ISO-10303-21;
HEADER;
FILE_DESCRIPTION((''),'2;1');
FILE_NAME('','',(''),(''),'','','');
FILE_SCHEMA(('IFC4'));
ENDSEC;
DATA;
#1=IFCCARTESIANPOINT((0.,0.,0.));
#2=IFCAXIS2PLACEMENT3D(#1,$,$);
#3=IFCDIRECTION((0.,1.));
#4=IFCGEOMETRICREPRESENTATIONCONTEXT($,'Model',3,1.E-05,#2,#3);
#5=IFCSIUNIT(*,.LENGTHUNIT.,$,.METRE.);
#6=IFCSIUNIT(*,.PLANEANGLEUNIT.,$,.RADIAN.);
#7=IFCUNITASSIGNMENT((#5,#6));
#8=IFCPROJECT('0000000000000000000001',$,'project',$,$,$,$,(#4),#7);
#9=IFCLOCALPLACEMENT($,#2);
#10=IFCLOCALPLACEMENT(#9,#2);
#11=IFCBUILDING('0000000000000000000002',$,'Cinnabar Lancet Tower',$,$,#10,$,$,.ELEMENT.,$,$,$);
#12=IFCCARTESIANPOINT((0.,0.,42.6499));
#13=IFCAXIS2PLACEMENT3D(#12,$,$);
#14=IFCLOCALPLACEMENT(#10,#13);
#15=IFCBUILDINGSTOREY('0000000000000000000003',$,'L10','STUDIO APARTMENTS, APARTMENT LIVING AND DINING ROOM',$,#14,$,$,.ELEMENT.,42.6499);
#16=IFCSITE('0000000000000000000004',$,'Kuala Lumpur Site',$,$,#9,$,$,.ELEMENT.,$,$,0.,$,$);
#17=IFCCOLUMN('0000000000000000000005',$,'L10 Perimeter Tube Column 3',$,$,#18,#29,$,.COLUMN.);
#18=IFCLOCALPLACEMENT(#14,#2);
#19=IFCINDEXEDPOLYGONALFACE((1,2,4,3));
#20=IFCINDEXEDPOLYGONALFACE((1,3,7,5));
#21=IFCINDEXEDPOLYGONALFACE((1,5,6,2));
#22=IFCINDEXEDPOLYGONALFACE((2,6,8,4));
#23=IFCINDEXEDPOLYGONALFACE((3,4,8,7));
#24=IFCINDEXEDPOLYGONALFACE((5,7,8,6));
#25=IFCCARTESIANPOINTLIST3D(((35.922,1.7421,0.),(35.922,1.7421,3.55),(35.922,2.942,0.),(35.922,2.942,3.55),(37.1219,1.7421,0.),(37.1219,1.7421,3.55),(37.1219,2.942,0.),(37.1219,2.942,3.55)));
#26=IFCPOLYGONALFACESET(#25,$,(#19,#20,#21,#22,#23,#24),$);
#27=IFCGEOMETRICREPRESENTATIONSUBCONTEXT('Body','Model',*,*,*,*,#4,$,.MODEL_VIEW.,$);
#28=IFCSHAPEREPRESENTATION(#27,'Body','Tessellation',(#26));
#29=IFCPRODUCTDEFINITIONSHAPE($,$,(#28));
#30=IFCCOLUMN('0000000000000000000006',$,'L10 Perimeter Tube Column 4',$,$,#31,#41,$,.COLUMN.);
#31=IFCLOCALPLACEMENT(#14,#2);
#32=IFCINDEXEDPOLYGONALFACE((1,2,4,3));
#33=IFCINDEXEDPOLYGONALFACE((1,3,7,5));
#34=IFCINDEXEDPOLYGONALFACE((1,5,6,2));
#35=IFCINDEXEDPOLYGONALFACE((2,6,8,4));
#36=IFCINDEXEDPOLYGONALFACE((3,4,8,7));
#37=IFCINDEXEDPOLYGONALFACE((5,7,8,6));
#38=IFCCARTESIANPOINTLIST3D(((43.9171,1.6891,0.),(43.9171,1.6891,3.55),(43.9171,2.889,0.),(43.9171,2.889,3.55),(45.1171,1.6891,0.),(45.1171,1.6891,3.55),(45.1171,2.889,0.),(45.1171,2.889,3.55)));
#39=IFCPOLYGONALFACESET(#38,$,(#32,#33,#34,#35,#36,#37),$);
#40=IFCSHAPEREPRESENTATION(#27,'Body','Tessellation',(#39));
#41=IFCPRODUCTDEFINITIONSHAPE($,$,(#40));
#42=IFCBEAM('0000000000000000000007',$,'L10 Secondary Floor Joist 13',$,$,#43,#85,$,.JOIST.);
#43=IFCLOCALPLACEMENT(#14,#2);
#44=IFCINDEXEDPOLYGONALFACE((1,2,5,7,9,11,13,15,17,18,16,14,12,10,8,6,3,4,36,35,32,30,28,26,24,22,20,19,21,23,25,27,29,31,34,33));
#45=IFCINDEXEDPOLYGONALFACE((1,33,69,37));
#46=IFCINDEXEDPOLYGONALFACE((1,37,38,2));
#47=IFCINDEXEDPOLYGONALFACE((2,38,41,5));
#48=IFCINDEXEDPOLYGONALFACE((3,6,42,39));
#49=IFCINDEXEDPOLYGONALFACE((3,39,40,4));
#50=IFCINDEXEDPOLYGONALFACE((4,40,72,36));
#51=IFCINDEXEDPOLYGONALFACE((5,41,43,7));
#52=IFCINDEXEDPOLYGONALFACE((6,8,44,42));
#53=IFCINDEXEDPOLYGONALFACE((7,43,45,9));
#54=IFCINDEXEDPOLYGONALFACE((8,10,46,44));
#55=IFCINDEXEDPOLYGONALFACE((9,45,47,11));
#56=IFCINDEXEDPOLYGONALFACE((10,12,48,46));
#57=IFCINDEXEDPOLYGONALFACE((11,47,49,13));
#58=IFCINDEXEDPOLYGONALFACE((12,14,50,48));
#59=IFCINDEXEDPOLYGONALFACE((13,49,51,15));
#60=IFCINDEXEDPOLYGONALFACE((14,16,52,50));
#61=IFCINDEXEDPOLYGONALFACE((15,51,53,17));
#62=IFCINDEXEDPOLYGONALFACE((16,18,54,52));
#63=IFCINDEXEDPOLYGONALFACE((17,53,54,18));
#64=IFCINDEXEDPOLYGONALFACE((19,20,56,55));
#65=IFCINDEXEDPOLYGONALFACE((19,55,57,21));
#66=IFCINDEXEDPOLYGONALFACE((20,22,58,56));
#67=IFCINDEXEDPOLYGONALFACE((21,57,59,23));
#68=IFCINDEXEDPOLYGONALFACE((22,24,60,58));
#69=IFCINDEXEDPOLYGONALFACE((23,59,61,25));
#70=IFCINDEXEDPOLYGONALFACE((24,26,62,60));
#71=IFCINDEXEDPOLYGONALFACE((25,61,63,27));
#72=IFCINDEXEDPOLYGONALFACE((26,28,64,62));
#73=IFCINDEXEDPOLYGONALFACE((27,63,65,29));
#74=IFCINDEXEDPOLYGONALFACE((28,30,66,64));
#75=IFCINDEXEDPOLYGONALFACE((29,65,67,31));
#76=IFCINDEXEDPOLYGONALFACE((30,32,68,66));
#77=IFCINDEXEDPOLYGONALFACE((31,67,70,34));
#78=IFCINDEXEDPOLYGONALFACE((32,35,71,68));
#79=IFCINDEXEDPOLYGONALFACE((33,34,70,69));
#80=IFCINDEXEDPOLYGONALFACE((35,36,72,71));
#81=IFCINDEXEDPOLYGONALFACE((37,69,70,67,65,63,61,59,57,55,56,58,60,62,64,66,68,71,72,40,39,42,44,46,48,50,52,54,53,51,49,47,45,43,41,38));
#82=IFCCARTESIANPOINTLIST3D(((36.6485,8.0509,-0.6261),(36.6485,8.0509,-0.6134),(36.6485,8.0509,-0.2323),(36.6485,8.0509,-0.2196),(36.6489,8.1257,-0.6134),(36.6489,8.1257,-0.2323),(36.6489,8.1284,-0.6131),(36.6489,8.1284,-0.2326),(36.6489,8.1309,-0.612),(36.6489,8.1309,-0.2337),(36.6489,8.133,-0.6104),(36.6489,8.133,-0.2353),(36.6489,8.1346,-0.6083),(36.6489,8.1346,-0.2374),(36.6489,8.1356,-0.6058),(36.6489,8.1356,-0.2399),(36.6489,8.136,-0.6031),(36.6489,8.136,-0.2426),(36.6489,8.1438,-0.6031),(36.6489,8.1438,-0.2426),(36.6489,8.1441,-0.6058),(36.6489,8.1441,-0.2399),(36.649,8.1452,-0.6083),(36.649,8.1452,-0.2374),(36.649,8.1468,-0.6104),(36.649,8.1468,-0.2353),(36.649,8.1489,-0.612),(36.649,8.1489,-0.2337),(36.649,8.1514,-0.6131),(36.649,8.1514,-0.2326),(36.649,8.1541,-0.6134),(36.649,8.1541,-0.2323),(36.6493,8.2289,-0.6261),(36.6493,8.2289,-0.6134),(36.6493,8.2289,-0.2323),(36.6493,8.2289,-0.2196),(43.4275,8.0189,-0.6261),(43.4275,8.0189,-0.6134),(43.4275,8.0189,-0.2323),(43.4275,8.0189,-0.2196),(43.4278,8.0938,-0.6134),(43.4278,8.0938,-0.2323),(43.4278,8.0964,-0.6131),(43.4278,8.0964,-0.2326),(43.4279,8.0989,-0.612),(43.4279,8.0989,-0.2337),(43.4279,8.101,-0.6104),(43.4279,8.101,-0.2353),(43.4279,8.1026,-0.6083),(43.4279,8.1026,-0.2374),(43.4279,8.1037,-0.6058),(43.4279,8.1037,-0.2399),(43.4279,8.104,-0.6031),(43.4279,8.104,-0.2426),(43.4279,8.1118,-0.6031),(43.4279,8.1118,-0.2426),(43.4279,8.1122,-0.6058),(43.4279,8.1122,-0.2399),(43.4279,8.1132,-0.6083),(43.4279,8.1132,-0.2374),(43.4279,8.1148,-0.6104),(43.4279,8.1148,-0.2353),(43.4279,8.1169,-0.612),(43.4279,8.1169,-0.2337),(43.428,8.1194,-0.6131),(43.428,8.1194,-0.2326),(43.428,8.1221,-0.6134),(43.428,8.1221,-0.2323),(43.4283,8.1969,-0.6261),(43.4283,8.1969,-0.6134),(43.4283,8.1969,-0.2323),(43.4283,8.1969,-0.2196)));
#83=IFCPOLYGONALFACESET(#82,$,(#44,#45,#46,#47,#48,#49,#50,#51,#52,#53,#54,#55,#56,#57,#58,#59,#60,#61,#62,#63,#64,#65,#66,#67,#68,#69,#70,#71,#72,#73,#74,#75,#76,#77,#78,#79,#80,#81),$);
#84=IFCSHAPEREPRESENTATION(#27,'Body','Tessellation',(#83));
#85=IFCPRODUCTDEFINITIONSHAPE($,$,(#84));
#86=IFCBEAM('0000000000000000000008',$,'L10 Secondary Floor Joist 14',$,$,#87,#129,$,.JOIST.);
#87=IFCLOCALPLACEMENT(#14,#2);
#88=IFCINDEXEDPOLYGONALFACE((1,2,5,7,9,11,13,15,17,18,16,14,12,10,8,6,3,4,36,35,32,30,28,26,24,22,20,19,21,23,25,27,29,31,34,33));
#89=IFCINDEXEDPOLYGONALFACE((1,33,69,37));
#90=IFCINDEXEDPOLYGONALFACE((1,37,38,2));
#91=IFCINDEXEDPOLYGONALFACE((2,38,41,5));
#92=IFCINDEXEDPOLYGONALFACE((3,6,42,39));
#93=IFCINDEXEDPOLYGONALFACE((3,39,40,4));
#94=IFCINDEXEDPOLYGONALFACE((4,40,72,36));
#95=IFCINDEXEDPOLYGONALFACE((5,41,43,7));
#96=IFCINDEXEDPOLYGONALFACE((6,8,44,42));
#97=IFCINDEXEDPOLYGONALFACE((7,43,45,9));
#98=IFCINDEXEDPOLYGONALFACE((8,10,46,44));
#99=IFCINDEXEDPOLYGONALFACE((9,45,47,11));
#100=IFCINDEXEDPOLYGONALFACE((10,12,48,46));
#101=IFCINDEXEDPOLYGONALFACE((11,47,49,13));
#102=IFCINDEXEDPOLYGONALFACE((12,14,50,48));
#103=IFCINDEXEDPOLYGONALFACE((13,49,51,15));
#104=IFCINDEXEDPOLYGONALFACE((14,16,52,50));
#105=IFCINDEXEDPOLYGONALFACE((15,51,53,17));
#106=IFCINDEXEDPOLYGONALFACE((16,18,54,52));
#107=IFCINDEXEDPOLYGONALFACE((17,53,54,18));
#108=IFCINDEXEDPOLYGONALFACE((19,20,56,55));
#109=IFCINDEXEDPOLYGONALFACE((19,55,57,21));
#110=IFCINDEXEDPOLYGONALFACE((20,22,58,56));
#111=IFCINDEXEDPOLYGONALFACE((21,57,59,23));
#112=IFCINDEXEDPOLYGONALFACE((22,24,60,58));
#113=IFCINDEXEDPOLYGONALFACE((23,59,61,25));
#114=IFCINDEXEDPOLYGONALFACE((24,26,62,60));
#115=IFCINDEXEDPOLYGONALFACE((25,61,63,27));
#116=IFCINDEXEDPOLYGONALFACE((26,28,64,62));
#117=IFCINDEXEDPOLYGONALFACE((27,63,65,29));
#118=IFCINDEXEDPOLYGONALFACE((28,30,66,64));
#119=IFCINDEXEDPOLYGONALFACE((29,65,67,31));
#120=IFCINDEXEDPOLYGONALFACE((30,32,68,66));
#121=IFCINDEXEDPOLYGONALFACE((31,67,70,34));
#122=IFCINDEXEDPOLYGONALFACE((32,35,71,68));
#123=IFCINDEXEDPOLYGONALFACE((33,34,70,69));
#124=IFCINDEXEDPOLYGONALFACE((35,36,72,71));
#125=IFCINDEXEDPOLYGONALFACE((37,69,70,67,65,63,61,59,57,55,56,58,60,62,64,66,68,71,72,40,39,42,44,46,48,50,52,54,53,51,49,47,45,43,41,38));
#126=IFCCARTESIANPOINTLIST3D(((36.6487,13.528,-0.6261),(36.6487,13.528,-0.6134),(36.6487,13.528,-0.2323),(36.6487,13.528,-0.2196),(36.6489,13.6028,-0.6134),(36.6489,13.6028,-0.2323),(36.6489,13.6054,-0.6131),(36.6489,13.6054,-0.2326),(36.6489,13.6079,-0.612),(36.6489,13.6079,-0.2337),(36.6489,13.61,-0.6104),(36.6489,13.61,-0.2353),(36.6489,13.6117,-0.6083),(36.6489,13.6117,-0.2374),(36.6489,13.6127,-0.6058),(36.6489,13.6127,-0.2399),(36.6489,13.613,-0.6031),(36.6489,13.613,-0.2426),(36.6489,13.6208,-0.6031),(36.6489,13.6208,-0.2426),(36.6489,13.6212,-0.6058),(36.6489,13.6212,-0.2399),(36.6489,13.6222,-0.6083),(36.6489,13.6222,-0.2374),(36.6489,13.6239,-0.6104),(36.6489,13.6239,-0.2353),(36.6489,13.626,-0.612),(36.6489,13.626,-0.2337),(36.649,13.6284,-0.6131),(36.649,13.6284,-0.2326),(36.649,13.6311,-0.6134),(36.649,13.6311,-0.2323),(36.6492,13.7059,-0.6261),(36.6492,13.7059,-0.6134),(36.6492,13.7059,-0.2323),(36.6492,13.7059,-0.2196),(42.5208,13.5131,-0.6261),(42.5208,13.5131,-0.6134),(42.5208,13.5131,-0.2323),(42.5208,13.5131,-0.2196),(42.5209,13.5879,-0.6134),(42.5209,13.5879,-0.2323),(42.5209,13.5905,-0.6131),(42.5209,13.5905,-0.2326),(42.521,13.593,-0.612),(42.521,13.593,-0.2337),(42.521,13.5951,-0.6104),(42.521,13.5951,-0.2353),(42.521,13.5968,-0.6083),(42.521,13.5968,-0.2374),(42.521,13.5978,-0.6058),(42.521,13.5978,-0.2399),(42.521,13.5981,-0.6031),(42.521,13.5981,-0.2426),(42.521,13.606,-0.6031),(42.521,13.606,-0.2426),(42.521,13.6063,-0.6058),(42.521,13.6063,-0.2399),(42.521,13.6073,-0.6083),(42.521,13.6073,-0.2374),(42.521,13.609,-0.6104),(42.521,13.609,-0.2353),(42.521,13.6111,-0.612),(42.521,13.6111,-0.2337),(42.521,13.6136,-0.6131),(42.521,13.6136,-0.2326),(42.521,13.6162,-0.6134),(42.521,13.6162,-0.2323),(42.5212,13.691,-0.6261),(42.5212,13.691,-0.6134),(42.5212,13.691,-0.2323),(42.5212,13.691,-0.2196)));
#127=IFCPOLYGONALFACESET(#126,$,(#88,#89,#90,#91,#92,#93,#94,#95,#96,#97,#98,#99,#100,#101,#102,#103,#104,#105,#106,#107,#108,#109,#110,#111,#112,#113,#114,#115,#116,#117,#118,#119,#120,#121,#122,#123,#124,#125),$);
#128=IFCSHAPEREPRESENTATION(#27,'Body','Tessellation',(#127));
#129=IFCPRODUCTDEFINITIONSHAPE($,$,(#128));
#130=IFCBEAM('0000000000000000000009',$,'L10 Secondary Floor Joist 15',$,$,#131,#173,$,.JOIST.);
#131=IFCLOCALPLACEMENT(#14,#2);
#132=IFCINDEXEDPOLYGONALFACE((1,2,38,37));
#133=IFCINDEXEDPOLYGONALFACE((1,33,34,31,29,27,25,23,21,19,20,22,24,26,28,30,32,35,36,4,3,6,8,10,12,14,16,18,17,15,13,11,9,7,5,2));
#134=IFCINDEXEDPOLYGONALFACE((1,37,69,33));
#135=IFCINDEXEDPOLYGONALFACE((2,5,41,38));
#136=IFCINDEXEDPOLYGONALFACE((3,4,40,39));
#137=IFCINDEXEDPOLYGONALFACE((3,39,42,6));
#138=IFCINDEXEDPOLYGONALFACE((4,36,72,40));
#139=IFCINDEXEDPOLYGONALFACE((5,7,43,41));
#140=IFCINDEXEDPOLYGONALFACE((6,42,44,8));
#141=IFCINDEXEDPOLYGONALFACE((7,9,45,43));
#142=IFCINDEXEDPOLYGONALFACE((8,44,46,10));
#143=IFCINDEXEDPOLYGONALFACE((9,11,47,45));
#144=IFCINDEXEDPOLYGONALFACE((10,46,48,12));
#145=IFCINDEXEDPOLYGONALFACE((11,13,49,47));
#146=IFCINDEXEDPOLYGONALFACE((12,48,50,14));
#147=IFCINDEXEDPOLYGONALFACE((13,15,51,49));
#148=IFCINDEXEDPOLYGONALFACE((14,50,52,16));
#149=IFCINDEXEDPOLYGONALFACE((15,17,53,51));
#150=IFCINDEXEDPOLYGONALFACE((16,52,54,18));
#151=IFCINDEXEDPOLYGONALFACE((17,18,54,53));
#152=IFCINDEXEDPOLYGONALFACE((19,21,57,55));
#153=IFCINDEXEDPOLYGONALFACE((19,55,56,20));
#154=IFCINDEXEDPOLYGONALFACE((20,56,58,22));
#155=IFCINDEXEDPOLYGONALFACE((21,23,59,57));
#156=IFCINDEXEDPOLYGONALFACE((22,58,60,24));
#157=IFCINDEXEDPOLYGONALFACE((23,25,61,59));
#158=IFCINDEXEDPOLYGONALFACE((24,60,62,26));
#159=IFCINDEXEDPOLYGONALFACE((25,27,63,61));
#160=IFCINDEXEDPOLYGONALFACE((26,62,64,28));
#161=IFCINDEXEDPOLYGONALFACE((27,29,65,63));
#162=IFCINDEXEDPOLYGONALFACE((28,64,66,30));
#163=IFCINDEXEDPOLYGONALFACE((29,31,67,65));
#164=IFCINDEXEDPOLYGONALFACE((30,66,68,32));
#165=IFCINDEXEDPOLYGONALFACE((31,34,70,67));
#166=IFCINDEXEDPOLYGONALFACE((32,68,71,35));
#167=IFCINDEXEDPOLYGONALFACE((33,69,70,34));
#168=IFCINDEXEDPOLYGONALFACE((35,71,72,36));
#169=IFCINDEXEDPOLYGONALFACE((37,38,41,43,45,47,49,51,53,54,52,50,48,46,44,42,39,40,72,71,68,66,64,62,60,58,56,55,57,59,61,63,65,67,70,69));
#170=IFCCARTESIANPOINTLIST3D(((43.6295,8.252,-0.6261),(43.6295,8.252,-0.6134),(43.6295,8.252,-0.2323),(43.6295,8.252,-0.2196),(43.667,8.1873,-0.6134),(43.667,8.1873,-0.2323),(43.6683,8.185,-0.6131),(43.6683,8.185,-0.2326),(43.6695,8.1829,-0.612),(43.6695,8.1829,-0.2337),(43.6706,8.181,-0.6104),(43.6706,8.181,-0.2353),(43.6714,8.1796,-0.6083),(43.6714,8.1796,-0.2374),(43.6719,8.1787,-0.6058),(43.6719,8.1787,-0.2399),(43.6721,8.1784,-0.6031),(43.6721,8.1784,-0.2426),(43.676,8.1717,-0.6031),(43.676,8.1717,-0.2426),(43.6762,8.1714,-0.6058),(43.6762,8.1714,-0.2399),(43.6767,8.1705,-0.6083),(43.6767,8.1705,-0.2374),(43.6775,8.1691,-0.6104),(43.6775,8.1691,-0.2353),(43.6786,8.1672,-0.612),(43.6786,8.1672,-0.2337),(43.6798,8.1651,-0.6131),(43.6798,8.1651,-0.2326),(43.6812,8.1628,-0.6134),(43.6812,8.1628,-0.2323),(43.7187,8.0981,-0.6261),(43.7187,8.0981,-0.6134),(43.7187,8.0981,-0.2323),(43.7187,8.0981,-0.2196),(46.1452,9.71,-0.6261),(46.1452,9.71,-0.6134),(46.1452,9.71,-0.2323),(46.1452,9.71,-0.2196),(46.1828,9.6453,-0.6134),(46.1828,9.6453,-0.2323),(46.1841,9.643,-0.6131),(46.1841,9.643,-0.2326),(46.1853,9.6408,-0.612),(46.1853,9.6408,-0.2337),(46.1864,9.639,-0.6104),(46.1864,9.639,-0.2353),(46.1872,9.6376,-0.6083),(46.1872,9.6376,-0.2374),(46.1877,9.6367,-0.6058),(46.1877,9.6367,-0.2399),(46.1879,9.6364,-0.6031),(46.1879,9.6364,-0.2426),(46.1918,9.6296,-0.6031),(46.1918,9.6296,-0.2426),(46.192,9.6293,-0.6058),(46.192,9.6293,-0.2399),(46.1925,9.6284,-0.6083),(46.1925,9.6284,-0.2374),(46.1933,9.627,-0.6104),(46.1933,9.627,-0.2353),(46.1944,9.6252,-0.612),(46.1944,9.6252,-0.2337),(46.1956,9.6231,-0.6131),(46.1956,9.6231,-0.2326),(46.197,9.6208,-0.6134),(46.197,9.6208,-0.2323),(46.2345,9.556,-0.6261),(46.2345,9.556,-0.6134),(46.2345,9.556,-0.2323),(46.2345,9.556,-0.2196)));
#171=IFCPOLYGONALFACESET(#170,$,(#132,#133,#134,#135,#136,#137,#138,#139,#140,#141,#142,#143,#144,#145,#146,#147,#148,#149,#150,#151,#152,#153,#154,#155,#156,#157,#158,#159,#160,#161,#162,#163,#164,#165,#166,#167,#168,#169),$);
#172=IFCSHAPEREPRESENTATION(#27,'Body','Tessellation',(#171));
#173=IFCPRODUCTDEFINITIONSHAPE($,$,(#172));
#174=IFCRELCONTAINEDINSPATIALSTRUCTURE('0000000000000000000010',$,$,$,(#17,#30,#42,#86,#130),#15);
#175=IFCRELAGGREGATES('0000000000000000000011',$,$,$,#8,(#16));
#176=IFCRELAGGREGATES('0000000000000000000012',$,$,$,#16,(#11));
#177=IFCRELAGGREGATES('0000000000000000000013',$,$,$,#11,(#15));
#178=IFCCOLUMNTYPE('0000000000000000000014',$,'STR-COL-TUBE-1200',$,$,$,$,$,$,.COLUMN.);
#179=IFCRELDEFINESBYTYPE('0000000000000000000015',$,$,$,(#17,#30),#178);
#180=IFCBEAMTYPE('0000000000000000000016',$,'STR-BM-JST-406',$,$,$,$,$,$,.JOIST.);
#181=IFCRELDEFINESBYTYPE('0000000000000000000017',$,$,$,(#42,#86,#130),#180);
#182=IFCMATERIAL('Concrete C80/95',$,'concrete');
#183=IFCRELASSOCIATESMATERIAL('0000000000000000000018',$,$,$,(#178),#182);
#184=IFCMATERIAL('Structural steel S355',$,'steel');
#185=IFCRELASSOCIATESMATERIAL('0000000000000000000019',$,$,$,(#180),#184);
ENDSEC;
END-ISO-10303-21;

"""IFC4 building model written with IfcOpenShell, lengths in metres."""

from ifc_helpers import new_model, si_unit, direction, frame, origin, origin_2d, place, context, subcontext, project, spatial, rectangle, i_section, extrude, material, material_profile, profile_set, type_object, element, save


model = new_model("IFC4")

# Units and contexts
model_context = context("Model", 3, precision=1e-05, world=origin(), true_north=direction((0.0, 1.0)))
body_context = subcontext(model_context, "Body", "Model", "MODEL_VIEW")
ifc_project = project(units=[si_unit("LENGTHUNIT", "METRE"), si_unit("PLANEANGLEUNIT", "RADIAN")], contexts=[model_context])

# Site, building, storey
site_placement = place(None, origin())
site = spatial("IfcSite", under=ifc_project, at=site_placement, Name="Kuala Lumpur Site", CompositionType="ELEMENT", RefElevation=0.0)
building_placement = place(site_placement, origin())
building = spatial("IfcBuilding", under=site, at=building_placement, Name="Cinnabar Lancet Tower", CompositionType="ELEMENT")
storey_placement = place(building_placement, frame((0.0, 0.0, 42.6499)))
storey = spatial("IfcBuildingStorey", under=building, at=storey_placement, Name="L10", Description="STUDIO APARTMENTS, APARTMENT LIVING AND DINING ROOM", CompositionType="ELEMENT", Elevation=42.6499)

# Columns
ifc_material_1 = material(Name="Concrete C80/95", Category="concrete")
ifc_material_profile_1 = material_profile(ifc_material_1, rectangle(XDim=1.2, YDim=1.2, at=origin_2d()), Name="RC-COL 1200x1200")
ifc_profile_set_1 = profile_set([ifc_material_profile_1], Name="Concrete C80/95")
column_type = type_object("IfcColumnType", Name="STR-COL-TUBE-1200", PredefinedType="COLUMN", material=ifc_profile_set_1)
for number, where, z_axis, x_axis, name in (
    (1, (36.522, 2.342, 0.0), (0.0, 0.0, 1.0), (1.0, 0.0, 0.0), "L10 Perimeter Tube Column 3"),
    (2, (44.5171, 2.2891, 0.0), (0.0, 0.0, 1.0), (1.0, 0.0, 0.0), "L10 Perimeter Tube Column 4"),
):
    element("IfcColumn", number, at=place(storey_placement, frame(where, z_axis=z_axis, x_axis=x_axis)), inside=storey, type_object=column_type, Name=name, PredefinedType="COLUMN", context=body_context, shape_type="SweptSolid", body=[
        extrude(rectangle(XDim=1.2, YDim=1.2, at=origin_2d()), origin(), (0.0, 0.0, 1.0), 3.55),
    ])

# Beams
ifc_material_2 = material(Name="Structural steel S355", Category="steel")
ifc_material_profile_2 = material_profile(ifc_material_2, i_section(OverallWidth=0.178, OverallDepth=0.4065, WebThickness=0.0078, FlangeThickness=0.0127, FilletRadius=0.0103, at=origin_2d()), Name="UKB 406x178x60")
ifc_profile_set_2 = profile_set([ifc_material_profile_2], Name="Structural steel S355")
beam_type_1 = type_object("IfcBeamType", Name="STR-BM-JST-406", PredefinedType="JOIST", material=ifc_profile_set_2)
beam_1_placement = place(storey_placement, frame((36.6489, 8.1399, -0.4229), z_axis=(0.999989, -0.004718, 0.0), x_axis=(0.004718, 0.999989, 0.0)))
element("IfcBeam", 3, at=beam_1_placement, inside=storey, type_object=beam_type_1, Name="L10 Secondary Floor Joist 13", PredefinedType="JOIST", context=body_context, shape_type="SweptSolid", body=[
    extrude(i_section(OverallWidth=0.178, OverallDepth=0.4065, WebThickness=0.0078, FlangeThickness=0.0127, FilletRadius=0.0103, at=origin_2d()), origin(), (0.0, 0.0, 1.0), 6.7791),
])
beam_2_placement = place(storey_placement, frame((36.6489, 13.6169, -0.4229), z_axis=(0.999997, -0.002536, 0.0), x_axis=(0.002536, 0.999997, 0.0)))
element("IfcBeam", 4, at=beam_2_placement, inside=storey, type_object=beam_type_1, Name="L10 Secondary Floor Joist 14", PredefinedType="JOIST", context=body_context, shape_type="SweptSolid", body=[
    extrude(i_section(OverallWidth=0.178, OverallDepth=0.4065, WebThickness=0.0078, FlangeThickness=0.0127, FilletRadius=0.0103, at=origin_2d()), origin(), (0.0, 0.0, 1.0), 5.8721),
])
beam_3_placement = place(storey_placement, frame((43.6741, 8.175, -0.4229), z_axis=(0.86521, 0.50141, 0.0), x_axis=(-0.50141, 0.86521, 0.0)))
element("IfcBeam", 5, at=beam_3_placement, inside=storey, type_object=beam_type_1, Name="L10 Secondary Floor Joist 15", PredefinedType="JOIST", context=body_context, shape_type="SweptSolid", body=[
    extrude(i_section(OverallWidth=0.178, OverallDepth=0.4065, WebThickness=0.0078, FlangeThickness=0.0127, FilletRadius=0.0103, at=origin_2d()), origin(), (0.0, 0.0, 1.0), 2.9077),
])

save(model, "model.ifc")
